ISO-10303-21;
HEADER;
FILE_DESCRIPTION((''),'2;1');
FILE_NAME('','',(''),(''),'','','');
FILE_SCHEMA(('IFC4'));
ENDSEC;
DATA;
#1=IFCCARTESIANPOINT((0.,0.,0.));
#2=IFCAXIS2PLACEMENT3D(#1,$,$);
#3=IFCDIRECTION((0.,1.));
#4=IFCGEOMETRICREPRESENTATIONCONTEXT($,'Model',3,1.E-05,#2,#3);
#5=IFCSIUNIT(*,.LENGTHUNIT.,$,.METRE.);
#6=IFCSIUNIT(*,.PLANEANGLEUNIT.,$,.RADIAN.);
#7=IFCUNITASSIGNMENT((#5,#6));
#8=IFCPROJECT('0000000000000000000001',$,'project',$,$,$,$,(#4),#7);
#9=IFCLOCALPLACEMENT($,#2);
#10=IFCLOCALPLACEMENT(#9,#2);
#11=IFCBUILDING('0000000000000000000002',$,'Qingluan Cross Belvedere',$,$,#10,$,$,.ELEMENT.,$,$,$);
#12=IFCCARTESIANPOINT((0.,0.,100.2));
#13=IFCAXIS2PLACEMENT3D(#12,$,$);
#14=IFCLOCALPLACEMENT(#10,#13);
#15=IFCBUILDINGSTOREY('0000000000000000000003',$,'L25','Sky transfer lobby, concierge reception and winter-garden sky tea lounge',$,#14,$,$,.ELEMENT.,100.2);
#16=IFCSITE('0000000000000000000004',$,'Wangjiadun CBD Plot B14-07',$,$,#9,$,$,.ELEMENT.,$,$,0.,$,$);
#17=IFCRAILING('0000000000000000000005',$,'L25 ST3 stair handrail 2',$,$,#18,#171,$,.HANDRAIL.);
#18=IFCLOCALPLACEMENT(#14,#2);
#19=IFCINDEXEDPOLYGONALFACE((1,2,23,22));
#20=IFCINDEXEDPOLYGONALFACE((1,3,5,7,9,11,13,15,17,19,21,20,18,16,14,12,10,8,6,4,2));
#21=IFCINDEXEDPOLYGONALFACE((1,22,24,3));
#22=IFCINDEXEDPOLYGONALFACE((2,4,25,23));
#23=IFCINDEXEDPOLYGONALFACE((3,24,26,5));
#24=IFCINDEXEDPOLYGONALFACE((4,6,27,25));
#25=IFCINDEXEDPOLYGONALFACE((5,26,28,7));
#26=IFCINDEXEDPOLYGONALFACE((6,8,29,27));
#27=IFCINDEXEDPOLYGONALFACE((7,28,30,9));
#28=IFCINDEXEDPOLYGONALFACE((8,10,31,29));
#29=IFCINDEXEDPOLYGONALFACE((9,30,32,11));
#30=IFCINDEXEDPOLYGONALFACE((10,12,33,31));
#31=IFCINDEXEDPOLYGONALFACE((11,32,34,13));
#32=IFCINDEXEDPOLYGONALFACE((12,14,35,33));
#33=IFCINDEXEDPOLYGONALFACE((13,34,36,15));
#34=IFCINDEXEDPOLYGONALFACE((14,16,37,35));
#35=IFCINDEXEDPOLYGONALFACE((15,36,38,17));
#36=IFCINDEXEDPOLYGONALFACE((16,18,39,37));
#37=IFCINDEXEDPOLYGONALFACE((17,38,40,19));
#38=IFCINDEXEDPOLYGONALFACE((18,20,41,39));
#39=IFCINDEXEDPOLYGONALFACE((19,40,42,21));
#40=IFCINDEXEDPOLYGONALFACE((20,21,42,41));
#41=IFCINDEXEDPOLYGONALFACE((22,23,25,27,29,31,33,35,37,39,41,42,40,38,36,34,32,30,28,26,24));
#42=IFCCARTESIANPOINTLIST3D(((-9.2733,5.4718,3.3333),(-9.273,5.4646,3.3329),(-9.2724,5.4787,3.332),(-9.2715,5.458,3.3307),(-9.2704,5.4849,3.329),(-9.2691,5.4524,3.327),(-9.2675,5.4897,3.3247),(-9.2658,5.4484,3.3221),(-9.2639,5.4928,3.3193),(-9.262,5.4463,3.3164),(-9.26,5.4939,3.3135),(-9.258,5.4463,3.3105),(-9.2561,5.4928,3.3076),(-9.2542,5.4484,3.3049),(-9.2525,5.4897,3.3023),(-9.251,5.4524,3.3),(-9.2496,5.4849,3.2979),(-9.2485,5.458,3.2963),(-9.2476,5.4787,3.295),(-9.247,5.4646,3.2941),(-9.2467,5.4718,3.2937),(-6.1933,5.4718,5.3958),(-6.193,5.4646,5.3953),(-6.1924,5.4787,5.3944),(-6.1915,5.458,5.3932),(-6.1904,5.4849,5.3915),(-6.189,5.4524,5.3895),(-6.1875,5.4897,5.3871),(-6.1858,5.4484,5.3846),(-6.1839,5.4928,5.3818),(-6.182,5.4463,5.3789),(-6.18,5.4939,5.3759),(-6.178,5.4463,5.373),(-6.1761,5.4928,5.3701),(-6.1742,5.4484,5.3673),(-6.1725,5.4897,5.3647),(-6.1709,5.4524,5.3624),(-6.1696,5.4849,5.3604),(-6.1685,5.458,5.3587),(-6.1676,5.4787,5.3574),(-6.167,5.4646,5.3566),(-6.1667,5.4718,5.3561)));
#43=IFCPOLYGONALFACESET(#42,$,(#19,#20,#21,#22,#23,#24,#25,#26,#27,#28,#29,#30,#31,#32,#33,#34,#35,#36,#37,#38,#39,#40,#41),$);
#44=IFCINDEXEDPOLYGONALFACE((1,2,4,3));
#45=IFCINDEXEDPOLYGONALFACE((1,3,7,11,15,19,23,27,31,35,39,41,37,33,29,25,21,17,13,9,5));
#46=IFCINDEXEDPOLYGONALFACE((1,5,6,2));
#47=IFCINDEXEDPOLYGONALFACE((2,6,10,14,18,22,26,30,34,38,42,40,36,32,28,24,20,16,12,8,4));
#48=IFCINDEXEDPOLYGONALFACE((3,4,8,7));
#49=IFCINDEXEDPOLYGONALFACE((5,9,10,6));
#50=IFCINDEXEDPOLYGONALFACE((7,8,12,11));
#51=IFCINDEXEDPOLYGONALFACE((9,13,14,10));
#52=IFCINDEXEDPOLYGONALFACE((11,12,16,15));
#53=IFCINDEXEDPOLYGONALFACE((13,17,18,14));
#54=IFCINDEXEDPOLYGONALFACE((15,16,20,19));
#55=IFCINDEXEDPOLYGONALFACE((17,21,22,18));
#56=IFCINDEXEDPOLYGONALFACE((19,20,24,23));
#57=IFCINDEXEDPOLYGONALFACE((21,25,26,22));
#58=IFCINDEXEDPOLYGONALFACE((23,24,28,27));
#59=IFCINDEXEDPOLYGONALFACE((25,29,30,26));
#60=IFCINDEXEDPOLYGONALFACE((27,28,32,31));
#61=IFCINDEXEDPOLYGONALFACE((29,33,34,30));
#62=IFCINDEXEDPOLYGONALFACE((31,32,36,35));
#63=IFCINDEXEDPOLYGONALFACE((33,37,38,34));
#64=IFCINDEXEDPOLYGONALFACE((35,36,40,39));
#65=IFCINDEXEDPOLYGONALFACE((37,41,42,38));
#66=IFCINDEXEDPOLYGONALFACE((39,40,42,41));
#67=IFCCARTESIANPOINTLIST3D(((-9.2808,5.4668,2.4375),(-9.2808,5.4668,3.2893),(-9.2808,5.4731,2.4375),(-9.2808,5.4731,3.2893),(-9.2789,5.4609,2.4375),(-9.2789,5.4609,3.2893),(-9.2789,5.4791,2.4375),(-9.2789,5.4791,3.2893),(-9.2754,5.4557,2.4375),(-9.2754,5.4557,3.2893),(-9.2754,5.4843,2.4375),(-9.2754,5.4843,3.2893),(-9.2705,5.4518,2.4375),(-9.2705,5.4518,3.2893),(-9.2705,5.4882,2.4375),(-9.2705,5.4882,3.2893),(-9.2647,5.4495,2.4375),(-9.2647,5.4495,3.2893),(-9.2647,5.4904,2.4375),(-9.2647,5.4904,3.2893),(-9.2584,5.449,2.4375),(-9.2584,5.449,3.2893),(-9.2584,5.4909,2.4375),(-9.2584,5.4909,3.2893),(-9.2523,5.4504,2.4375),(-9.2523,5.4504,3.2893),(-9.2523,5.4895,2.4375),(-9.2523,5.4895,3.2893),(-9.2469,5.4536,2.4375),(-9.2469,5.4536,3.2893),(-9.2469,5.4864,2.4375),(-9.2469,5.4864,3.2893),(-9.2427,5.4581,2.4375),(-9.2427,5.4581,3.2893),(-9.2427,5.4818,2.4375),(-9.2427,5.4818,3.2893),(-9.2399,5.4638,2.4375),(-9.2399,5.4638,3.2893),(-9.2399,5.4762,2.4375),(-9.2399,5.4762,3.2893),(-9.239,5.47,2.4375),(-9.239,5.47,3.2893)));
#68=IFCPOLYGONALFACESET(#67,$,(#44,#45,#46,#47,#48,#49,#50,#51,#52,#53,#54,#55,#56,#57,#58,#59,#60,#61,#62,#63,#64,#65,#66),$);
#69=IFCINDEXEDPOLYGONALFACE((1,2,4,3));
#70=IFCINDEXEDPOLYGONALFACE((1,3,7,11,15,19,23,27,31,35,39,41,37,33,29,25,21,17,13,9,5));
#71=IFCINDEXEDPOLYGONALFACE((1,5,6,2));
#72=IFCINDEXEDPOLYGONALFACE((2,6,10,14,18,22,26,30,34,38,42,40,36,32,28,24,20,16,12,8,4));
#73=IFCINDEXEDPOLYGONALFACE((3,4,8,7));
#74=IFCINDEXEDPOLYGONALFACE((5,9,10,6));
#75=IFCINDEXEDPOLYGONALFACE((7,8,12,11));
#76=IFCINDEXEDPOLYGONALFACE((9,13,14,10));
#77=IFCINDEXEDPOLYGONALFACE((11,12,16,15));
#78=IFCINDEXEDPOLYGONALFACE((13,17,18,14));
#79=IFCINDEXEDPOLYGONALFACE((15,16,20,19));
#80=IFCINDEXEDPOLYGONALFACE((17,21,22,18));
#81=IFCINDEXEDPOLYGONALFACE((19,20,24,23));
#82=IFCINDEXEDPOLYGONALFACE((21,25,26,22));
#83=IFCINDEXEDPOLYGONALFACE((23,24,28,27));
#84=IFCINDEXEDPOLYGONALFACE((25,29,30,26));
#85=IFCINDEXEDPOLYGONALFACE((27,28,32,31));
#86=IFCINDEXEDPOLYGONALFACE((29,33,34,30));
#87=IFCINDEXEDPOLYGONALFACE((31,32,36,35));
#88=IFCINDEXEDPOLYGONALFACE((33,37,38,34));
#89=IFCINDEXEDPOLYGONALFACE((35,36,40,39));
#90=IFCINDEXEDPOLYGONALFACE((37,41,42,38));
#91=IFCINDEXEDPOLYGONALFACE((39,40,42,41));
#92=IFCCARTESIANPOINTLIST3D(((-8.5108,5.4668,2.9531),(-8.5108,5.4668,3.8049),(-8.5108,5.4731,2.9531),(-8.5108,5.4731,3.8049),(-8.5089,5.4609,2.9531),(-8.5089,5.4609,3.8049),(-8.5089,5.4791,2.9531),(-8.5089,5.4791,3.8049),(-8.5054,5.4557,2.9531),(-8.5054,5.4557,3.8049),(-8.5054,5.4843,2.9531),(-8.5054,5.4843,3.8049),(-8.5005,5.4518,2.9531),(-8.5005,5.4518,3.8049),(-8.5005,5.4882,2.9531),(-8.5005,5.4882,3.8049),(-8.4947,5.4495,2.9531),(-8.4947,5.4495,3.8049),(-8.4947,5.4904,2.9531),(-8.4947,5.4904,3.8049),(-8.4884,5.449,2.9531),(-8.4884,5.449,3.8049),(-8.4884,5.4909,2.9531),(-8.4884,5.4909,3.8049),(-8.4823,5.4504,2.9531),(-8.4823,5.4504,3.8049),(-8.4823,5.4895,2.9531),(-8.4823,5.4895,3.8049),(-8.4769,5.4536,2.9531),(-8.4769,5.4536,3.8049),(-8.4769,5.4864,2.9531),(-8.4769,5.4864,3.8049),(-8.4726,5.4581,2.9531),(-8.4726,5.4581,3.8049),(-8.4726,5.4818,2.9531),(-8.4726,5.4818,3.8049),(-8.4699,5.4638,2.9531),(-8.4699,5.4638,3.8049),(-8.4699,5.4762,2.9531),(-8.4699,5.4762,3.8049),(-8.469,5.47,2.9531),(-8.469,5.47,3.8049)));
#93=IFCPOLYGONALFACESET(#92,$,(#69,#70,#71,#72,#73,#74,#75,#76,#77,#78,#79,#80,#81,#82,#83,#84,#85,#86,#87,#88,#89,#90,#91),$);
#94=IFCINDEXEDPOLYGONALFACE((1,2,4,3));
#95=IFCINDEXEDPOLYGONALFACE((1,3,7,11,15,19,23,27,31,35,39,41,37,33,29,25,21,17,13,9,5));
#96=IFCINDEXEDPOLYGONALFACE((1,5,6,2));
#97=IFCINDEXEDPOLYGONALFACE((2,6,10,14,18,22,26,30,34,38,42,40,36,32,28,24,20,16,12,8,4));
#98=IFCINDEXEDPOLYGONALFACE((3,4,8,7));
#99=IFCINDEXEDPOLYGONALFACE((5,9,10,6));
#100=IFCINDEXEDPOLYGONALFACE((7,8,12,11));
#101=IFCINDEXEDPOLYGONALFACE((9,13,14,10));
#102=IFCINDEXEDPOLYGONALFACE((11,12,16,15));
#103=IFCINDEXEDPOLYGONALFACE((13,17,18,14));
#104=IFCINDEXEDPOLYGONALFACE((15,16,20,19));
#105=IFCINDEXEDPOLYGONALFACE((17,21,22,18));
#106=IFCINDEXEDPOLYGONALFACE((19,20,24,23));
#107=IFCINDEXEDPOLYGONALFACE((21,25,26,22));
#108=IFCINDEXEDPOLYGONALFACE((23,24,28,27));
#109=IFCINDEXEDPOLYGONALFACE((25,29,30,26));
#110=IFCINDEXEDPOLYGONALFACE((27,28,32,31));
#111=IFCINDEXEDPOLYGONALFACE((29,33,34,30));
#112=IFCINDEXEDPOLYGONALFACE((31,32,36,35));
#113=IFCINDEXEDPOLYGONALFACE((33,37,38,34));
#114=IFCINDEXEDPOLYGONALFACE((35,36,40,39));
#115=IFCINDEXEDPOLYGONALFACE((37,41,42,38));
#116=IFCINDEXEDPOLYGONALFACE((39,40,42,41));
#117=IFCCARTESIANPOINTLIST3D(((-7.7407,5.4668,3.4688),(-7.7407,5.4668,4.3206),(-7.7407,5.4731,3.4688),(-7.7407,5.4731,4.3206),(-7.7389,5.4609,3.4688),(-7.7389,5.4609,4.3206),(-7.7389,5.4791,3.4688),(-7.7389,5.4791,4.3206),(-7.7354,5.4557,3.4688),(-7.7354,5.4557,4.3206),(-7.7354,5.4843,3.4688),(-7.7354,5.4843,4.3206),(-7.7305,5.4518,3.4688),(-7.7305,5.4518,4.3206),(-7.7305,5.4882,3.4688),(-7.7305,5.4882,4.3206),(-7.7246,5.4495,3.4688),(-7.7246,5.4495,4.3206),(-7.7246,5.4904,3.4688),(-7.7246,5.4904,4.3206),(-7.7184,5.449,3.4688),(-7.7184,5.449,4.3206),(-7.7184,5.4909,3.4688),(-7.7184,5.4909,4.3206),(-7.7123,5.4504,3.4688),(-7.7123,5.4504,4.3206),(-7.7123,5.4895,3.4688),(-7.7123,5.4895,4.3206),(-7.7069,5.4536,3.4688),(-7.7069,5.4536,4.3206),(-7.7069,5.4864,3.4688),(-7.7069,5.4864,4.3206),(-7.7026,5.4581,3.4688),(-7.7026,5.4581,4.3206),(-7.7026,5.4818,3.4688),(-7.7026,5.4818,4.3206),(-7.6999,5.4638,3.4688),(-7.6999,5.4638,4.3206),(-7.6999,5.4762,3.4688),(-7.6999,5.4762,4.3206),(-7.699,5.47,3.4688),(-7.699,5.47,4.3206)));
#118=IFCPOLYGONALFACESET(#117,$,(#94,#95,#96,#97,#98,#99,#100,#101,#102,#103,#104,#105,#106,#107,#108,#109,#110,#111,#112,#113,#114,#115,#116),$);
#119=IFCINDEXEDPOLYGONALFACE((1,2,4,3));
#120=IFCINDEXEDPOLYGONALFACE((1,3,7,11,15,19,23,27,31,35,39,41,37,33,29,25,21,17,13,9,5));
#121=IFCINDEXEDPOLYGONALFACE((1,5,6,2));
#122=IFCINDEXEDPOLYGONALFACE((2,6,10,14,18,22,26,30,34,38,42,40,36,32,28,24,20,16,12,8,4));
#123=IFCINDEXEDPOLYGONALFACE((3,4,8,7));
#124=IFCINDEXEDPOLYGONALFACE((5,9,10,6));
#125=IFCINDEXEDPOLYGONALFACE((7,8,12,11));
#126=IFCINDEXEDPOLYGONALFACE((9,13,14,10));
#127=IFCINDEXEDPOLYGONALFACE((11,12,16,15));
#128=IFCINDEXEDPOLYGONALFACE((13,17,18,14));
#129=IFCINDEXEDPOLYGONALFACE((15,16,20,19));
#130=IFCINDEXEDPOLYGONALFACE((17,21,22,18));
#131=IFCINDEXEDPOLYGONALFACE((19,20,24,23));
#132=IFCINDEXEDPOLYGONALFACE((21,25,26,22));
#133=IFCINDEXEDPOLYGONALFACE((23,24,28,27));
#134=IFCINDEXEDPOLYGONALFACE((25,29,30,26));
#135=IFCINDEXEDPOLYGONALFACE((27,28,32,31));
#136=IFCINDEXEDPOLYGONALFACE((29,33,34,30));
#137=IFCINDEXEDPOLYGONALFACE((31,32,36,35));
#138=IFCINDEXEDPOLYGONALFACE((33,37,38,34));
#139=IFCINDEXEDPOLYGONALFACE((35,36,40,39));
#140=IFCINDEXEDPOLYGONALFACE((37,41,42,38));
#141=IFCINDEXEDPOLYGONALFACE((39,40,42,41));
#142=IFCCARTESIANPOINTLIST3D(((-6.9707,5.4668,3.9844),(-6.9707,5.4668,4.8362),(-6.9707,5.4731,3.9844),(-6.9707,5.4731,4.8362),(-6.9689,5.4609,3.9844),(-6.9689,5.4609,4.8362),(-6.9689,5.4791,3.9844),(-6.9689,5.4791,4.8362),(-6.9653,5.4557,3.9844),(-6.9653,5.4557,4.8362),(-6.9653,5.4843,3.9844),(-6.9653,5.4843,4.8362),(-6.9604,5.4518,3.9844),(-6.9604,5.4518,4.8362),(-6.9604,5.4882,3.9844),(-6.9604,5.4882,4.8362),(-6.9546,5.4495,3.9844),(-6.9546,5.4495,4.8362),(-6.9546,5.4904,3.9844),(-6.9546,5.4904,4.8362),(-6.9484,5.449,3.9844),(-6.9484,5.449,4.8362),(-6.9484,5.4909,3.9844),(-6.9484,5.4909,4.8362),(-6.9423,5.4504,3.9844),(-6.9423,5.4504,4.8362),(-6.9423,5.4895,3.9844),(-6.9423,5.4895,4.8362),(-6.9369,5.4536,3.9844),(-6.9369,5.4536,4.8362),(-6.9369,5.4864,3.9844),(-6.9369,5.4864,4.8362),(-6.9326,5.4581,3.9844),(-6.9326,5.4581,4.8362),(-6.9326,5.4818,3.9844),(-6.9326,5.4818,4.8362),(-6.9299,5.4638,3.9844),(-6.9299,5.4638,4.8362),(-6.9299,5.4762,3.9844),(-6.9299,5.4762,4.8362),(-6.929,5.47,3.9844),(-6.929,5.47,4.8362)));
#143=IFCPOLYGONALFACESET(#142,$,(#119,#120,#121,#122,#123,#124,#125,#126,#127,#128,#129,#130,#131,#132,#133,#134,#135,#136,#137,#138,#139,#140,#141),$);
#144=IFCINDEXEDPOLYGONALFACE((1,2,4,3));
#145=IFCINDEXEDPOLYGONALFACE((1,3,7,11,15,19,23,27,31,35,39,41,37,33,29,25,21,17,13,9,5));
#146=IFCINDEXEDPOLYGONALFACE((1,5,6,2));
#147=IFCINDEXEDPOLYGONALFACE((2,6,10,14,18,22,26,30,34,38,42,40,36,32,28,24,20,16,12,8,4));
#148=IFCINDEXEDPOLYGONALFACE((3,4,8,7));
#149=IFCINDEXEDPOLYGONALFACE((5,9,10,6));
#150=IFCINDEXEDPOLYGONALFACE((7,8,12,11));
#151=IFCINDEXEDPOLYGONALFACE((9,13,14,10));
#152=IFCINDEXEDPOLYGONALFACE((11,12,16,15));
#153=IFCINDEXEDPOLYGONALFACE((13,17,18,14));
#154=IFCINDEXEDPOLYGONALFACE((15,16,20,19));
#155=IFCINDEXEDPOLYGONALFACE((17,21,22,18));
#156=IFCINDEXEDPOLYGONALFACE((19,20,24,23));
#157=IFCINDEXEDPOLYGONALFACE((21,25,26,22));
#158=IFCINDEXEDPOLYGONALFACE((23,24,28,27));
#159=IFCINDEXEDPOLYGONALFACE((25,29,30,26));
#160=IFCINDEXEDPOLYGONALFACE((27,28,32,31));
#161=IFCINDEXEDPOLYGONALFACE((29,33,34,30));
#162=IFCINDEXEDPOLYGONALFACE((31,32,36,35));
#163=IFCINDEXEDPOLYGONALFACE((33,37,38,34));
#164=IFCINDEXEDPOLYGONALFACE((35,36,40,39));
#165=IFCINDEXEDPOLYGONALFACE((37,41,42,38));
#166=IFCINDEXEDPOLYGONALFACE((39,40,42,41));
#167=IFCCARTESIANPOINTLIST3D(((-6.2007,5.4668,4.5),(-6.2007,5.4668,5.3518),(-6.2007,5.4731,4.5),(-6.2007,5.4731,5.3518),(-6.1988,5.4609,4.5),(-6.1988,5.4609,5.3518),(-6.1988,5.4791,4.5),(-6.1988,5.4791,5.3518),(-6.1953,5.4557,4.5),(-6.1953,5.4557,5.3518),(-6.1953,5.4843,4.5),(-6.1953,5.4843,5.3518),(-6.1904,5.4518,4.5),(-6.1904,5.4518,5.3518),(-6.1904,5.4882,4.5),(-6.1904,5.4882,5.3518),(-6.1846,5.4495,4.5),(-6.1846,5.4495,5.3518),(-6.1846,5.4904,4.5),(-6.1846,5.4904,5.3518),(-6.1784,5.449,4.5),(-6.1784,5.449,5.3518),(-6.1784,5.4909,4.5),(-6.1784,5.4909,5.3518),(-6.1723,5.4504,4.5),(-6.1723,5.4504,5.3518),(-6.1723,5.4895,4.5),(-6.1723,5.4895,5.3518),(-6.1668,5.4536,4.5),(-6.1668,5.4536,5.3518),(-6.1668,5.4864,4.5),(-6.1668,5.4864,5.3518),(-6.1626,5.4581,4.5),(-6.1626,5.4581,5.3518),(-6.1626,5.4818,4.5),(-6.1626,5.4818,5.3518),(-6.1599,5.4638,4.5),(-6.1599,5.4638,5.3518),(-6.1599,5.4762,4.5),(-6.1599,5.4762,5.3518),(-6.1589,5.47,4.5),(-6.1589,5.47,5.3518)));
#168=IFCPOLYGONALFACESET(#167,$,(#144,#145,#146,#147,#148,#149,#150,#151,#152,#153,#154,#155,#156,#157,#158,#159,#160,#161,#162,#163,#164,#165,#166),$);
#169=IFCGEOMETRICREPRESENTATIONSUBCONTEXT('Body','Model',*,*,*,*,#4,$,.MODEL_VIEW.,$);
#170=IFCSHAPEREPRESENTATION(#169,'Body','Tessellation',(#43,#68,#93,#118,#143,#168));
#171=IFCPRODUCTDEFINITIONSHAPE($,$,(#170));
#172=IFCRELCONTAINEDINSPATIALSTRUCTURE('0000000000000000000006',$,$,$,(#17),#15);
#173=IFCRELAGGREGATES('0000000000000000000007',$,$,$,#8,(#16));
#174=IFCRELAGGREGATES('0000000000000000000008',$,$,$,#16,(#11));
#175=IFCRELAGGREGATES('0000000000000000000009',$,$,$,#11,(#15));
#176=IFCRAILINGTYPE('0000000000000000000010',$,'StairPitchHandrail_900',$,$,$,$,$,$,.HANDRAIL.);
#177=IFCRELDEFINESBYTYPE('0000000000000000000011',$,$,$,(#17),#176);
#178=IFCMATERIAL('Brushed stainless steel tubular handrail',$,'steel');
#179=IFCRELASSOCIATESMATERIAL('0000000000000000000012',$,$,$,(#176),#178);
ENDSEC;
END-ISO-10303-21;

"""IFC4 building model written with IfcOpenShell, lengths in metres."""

from ifc_helpers import new_model, si_unit, direction, frame, origin, origin_2d, place, context, subcontext, project, spatial, circle, extrude, material, type_object, element, save


model = new_model("IFC4")

# Units and contexts
model_context = context("Model", 3, precision=1e-05, world=origin(), true_north=direction((0.0, 1.0)))
body_context = subcontext(model_context, "Body", "Model", "MODEL_VIEW")
ifc_project = project(units=[si_unit("LENGTHUNIT", "METRE"), si_unit("PLANEANGLEUNIT", "RADIAN")], contexts=[model_context])

# Site, building, storey
site_placement = place(None, origin())
site = spatial("IfcSite", under=ifc_project, at=site_placement, Name="Wangjiadun CBD Plot B14-07", CompositionType="ELEMENT", RefElevation=0.0)
building_placement = place(site_placement, origin())
building = spatial("IfcBuilding", under=site, at=building_placement, Name="Qingluan Cross Belvedere", CompositionType="ELEMENT")
storey_placement = place(building_placement, frame((0.0, 0.0, 100.2)))
storey = spatial("IfcBuildingStorey", under=building, at=storey_placement, Name="L25", Description="Sky transfer lobby, concierge reception and winter-garden sky tea lounge", CompositionType="ELEMENT", Elevation=100.2)

# Railing
ifc_material_1 = material(Name="Brushed stainless steel tubular handrail", Category="steel")
railing_type_1 = type_object("IfcRailingType", Name="StairPitchHandrail_900", PredefinedType="HANDRAIL", material=ifc_material_1)
railing_1_placement = place(storey_placement, frame((-9.26, 5.47, 2.4375)))
element("IfcRailing", 1, at=railing_1_placement, inside=storey, type_object=railing_type_1, Name="L25 ST3 stair handrail 2", PredefinedType="HANDRAIL", context=body_context, shape_type="SweptSolid", body=[
    extrude(circle(Radius=0.0239, at=origin_2d()), frame((0.0, 0.0, 0.876), z_axis=(0.830914, 0.0, 0.556401), x_axis=(0.0, 1.0, 0.0)), (0.0, 0.0, 1.0), 3.7068),
    extrude(circle(Radius=0.021, at=origin_2d()), origin(), (0.0, 0.0, 1.0), 0.8518),
    extrude(circle(Radius=0.021, at=origin_2d()), frame((0.77, 0.0, 0.5156)), (0.0, 0.0, 1.0), 0.8518),
    extrude(circle(Radius=0.021, at=origin_2d()), frame((1.54, 0.0, 1.0312)), (0.0, 0.0, 1.0), 0.8518),
    extrude(circle(Radius=0.021, at=origin_2d()), frame((2.3101, 0.0, 1.5469)), (0.0, 0.0, 1.0), 0.8518),
    extrude(circle(Radius=0.021, at=origin_2d()), frame((3.0801, 0.0, 2.0625)), (0.0, 0.0, 1.0), 0.8518),
])

save(model, "model.ifc")
